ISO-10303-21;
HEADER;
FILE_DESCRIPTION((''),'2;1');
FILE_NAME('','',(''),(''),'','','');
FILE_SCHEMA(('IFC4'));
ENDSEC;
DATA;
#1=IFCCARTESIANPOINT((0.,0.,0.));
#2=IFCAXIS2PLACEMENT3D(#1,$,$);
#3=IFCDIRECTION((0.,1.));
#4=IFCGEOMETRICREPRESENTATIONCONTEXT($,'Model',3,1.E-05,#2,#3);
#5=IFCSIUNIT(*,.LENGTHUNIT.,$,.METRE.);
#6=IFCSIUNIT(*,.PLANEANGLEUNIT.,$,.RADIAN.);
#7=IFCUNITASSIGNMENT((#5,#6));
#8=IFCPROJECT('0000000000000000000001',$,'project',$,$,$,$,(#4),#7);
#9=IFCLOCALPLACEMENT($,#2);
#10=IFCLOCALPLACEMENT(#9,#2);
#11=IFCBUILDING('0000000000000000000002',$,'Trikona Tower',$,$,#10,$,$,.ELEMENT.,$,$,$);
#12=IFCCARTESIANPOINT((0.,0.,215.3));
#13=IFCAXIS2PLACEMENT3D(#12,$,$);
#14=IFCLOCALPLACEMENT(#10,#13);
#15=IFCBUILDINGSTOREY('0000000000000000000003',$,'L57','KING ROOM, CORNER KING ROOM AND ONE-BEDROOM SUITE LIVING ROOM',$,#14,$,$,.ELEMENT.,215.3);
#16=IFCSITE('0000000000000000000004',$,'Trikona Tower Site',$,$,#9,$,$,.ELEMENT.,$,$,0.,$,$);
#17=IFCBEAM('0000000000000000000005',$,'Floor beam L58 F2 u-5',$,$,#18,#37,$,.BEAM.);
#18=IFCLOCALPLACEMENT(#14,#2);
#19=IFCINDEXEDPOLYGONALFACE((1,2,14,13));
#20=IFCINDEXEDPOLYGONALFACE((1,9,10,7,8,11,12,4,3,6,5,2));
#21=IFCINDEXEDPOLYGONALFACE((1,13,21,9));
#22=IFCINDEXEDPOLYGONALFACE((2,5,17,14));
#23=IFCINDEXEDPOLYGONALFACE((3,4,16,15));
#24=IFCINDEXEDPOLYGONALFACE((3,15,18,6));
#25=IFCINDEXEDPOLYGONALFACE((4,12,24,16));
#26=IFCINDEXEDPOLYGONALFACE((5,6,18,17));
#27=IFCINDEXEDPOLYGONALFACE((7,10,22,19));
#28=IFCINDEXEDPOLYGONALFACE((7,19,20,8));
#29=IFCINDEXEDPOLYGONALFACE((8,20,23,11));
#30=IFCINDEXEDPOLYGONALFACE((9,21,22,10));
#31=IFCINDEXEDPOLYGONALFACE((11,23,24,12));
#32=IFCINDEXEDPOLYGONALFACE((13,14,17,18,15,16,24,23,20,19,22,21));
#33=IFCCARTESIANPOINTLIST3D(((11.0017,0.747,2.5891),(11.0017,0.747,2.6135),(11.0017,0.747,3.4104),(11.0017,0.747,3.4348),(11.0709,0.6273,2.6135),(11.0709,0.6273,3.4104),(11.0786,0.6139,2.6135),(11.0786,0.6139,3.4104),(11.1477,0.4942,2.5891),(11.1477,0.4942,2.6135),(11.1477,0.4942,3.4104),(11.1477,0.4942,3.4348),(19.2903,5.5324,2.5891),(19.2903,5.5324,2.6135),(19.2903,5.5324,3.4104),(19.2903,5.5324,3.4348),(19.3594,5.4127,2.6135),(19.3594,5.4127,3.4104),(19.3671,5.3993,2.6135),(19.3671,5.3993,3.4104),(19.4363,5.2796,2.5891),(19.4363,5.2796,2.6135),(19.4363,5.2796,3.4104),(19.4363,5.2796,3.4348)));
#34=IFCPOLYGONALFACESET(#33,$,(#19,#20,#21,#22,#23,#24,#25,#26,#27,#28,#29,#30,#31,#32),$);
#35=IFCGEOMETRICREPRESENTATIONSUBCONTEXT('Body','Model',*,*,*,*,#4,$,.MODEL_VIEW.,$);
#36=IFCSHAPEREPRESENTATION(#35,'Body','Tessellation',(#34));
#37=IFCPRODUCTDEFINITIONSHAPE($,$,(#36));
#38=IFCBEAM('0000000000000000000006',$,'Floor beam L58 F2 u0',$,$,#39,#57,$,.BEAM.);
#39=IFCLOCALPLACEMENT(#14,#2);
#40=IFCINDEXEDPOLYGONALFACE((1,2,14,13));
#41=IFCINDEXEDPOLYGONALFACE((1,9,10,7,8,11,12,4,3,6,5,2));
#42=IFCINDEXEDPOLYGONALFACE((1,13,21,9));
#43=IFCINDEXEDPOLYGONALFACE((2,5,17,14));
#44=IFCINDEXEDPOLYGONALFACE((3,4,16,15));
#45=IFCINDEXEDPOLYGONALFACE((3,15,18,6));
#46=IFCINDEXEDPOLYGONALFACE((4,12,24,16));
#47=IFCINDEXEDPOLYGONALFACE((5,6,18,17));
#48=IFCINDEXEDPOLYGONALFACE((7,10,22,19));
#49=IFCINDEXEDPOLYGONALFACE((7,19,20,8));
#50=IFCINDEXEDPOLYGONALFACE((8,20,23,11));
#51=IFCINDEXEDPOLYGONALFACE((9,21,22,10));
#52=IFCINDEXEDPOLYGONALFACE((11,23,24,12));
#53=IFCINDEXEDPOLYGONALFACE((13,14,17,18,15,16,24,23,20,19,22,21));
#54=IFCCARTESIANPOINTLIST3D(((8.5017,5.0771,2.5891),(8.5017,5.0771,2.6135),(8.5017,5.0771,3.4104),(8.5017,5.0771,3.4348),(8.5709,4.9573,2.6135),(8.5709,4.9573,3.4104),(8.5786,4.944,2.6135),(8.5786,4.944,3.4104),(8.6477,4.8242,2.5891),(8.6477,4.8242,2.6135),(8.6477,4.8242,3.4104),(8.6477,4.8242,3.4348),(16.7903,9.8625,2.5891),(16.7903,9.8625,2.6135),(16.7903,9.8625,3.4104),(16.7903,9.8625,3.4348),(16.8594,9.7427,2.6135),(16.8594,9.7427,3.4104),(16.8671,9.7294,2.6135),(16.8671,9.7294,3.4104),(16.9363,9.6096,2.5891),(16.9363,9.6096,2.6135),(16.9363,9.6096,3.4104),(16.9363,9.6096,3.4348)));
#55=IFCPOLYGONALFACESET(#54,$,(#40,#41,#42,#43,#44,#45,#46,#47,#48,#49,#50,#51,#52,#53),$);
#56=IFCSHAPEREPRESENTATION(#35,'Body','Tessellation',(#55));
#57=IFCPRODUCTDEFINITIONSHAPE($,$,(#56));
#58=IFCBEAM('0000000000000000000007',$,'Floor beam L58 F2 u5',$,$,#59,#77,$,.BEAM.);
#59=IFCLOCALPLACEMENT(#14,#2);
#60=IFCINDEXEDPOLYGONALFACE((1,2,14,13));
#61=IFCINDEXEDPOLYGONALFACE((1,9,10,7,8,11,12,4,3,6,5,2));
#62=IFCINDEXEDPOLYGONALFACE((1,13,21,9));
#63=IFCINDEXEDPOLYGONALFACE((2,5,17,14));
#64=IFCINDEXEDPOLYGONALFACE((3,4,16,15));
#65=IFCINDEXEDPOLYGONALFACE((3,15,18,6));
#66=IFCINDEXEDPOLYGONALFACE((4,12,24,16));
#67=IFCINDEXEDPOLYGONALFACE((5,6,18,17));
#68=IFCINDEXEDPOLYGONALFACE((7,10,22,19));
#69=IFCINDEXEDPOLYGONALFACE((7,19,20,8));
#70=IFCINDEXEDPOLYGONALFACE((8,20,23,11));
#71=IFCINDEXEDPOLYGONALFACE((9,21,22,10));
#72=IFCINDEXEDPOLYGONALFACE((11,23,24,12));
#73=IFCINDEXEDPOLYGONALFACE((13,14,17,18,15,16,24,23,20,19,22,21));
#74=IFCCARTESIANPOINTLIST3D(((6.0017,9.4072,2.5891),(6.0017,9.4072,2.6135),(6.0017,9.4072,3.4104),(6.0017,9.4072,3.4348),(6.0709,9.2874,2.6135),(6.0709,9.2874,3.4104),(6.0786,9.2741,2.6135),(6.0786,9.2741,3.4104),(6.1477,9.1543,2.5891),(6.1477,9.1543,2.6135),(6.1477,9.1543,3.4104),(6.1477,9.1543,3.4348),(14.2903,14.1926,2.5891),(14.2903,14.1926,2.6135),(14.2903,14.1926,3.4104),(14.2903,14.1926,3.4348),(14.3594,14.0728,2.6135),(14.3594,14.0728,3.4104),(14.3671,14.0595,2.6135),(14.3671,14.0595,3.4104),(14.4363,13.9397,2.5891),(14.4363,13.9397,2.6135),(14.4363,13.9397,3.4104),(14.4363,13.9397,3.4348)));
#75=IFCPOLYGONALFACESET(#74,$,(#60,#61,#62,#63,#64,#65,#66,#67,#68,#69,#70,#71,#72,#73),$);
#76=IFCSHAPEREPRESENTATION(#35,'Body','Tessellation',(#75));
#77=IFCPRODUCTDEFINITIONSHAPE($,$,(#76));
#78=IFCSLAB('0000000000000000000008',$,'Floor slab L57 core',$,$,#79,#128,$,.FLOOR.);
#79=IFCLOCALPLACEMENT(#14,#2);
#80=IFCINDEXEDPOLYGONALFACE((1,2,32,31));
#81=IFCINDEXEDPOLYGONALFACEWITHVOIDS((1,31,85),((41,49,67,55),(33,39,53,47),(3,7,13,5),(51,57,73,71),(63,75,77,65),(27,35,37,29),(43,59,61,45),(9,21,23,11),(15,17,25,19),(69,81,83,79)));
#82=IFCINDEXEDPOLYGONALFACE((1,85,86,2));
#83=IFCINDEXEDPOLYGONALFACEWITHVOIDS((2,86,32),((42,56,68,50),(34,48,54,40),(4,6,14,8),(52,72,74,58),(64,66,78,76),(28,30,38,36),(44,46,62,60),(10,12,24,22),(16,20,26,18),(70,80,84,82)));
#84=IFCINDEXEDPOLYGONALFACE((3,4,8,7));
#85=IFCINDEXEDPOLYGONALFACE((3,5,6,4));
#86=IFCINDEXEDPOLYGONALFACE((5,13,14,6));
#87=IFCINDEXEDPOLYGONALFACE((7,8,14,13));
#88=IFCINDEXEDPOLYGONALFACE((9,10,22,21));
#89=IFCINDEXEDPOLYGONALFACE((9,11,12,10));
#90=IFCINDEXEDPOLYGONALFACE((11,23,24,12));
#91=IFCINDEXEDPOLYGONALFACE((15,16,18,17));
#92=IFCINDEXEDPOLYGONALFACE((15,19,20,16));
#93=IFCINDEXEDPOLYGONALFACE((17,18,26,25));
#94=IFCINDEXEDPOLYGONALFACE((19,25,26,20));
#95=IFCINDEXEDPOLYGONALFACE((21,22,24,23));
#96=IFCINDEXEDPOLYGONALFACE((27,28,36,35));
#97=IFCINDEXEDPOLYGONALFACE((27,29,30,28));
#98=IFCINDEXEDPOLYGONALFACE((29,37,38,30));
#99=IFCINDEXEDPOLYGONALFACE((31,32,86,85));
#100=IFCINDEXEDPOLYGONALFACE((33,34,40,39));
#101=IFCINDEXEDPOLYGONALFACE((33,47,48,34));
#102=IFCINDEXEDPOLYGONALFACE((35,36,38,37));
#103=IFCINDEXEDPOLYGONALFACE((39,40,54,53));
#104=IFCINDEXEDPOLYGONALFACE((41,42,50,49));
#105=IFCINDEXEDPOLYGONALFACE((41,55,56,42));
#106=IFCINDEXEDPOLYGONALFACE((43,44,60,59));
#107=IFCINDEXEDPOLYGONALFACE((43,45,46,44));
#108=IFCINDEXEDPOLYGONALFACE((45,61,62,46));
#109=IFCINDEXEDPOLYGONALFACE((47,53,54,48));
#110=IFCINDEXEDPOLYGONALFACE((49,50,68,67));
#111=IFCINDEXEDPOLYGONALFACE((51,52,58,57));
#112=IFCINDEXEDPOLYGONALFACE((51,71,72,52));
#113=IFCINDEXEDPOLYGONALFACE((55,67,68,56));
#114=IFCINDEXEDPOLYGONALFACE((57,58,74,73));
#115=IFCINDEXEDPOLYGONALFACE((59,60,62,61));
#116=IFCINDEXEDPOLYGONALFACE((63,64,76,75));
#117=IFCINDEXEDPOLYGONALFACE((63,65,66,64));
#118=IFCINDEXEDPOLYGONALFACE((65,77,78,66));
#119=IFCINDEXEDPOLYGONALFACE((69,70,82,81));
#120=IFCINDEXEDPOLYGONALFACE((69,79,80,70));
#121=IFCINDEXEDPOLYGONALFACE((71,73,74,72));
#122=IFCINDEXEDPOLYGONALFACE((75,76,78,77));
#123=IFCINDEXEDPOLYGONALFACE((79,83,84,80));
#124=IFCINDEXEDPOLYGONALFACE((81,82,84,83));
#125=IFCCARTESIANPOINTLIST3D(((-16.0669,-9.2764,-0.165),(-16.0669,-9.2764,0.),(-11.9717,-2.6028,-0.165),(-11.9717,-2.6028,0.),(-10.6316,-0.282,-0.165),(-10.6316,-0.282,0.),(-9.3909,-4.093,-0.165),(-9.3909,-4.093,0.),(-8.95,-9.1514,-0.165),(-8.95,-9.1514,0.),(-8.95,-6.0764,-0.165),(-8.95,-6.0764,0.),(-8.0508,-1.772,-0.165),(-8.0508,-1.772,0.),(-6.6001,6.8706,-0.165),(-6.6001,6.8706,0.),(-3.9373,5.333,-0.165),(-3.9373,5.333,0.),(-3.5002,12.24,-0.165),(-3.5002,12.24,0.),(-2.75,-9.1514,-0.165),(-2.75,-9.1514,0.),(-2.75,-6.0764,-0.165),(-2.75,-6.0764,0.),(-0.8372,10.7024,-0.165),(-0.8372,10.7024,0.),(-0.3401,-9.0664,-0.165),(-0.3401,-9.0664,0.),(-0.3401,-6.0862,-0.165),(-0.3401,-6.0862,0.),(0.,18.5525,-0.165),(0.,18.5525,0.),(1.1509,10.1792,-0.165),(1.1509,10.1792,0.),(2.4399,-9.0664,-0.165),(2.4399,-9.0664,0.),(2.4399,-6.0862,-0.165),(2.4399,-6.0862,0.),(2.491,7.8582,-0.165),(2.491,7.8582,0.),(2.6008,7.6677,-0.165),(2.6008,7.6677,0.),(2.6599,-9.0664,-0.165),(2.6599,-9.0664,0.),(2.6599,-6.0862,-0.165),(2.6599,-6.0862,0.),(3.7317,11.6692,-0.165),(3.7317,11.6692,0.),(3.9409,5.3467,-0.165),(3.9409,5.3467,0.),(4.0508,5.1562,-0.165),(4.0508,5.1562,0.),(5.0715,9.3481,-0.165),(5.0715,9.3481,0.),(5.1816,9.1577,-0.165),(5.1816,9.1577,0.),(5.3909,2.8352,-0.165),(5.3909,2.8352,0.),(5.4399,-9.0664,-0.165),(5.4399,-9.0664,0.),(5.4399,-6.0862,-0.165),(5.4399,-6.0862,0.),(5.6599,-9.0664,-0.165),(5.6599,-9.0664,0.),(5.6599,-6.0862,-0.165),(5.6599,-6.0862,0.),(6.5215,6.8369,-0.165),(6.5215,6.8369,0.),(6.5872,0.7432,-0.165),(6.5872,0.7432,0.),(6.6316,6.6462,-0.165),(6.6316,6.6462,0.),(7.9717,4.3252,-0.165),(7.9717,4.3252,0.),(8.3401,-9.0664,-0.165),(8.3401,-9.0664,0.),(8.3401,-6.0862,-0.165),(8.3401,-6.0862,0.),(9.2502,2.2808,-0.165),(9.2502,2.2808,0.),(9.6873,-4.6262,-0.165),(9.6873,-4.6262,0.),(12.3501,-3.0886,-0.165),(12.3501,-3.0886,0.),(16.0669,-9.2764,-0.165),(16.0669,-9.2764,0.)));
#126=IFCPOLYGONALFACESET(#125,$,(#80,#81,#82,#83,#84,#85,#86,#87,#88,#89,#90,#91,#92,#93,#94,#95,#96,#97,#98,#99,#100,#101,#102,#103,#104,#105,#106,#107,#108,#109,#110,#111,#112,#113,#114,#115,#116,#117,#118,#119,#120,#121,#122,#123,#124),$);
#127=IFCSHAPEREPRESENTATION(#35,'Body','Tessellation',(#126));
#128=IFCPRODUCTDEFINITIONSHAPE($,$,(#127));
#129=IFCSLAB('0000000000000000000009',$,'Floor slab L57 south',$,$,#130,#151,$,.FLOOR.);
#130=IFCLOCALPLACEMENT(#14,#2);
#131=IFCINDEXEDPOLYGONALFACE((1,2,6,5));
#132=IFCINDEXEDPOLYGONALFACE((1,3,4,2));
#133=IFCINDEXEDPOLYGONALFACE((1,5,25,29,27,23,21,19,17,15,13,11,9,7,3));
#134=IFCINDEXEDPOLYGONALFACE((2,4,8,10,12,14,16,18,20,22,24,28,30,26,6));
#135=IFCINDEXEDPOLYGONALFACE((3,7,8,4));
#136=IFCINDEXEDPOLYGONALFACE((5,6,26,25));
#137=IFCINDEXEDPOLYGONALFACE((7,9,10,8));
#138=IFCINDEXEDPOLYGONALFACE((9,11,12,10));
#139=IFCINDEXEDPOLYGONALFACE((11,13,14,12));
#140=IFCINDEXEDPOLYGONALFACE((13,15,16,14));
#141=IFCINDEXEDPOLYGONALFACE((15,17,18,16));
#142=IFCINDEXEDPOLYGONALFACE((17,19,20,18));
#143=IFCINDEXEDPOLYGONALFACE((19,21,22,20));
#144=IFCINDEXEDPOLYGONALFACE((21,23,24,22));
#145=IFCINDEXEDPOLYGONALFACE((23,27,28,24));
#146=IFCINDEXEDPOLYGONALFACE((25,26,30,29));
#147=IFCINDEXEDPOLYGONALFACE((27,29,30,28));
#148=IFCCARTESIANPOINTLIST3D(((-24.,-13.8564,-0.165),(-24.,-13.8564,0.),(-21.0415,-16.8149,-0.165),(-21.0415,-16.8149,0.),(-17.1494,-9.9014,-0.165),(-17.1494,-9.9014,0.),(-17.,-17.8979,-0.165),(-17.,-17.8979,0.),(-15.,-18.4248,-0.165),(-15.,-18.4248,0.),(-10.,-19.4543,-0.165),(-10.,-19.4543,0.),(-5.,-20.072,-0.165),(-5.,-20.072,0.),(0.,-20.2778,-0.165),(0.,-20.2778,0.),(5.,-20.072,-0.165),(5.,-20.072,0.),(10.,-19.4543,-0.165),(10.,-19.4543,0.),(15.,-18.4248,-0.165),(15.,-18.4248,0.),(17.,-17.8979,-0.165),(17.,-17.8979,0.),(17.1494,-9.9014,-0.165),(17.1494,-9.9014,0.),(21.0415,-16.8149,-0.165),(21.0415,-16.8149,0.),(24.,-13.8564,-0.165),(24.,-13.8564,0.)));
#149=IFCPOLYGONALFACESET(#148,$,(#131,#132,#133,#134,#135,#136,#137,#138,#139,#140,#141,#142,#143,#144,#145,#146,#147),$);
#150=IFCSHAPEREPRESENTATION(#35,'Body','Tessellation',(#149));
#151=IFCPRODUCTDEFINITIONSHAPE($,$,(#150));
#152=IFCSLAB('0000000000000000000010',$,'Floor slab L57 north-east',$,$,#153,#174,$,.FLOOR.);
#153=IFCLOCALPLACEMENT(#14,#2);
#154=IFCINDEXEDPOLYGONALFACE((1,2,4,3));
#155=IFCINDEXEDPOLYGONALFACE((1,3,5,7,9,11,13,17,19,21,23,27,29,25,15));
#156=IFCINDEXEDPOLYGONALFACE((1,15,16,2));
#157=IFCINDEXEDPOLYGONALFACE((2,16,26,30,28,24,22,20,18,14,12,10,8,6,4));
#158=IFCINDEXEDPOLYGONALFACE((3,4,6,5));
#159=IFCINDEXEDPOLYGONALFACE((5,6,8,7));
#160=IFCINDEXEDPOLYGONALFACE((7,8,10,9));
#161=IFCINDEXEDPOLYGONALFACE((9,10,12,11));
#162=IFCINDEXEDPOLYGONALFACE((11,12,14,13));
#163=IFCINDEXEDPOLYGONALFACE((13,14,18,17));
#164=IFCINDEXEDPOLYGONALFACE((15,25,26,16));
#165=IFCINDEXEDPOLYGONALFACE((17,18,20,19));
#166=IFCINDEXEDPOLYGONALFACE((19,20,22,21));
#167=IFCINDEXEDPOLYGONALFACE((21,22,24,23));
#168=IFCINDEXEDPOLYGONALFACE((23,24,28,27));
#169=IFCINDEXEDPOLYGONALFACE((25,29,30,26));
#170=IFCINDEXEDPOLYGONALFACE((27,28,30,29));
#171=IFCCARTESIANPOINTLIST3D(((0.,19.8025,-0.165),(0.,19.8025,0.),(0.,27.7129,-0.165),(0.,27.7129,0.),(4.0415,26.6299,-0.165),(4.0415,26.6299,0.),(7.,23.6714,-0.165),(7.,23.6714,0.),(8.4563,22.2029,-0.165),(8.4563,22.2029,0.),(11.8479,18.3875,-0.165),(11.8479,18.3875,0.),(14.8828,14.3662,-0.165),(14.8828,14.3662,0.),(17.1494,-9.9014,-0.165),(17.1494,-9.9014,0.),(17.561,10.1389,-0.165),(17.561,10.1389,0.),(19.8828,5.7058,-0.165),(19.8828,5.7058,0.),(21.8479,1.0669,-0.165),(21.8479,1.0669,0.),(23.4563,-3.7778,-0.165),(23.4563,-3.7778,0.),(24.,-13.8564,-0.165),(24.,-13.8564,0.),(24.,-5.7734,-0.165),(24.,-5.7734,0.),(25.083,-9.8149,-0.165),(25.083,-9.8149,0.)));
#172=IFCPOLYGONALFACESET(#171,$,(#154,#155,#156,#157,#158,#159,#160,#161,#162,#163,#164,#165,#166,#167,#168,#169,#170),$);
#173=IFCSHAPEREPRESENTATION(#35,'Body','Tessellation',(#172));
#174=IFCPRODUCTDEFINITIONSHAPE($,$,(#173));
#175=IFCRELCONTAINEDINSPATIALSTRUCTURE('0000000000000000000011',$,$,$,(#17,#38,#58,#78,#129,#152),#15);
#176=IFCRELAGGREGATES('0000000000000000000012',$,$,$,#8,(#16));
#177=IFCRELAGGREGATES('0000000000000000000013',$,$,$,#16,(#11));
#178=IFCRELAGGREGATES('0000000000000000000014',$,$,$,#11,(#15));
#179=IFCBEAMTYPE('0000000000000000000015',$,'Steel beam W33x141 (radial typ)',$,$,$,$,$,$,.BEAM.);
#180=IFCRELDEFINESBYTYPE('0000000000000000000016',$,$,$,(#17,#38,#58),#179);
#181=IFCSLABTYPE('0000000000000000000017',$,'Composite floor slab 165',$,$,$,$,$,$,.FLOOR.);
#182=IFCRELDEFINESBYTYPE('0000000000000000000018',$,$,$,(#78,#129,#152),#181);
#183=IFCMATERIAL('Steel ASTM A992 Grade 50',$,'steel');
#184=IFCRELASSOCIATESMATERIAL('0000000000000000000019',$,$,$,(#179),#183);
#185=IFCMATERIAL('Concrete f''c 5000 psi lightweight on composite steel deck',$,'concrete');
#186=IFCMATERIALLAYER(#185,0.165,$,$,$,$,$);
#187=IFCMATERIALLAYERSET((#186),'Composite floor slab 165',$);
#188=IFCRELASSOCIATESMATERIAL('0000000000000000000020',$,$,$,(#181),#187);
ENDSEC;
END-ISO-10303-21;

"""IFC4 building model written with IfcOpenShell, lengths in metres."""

from ifc_helpers import new_model, si_unit, direction, frame, origin, origin_2d, place, context, subcontext, project, spatial, polyline, i_section, outline, extrude, material, layer, layer_set, material_profile, profile_set, type_object, element, save


model = new_model("IFC4")

# Units and contexts
model_context = context("Model", 3, precision=1e-05, world=origin(), true_north=direction((0.0, 1.0)))
body_context = subcontext(model_context, "Body", "Model", "MODEL_VIEW")
ifc_project = project(units=[si_unit("LENGTHUNIT", "METRE"), si_unit("PLANEANGLEUNIT", "RADIAN")], contexts=[model_context])

# Site, building, storey
site_placement = place(None, origin())
site = spatial("IfcSite", under=ifc_project, at=site_placement, Name="Trikona Tower Site", CompositionType="ELEMENT", RefElevation=0.0)
building_placement = place(site_placement, origin())
building = spatial("IfcBuilding", under=site, at=building_placement, Name="Trikona Tower", CompositionType="ELEMENT")
storey_placement = place(building_placement, frame((0.0, 0.0, 215.3)))
storey = spatial("IfcBuildingStorey", under=building, at=storey_placement, Name="L57", Description="KING ROOM, CORNER KING ROOM AND ONE-BEDROOM SUITE LIVING ROOM", CompositionType="ELEMENT", Elevation=215.3)

# Beams
ifc_material_1 = material(Name="Steel ASTM A992 Grade 50", Category="steel")
ifc_material_profile = material_profile(ifc_material_1, i_section(OverallWidth=0.292, OverallDepth=0.8457, WebThickness=0.0154, FlangeThickness=0.0244, at=origin_2d()), Name="W33X141")
ifc_profile_set = profile_set([ifc_material_profile], Name="Steel ASTM A992 Grade 50")
beam_type = type_object("IfcBeamType", Name="Steel beam W33x141 (radial typ)", PredefinedType="BEAM", material=ifc_profile_set)
for number, where, z_axis, x_axis, name in (
    (1, (11.0747, 0.6206, 3.012), (0.866026, 0.499999, 0.0), (-0.499999, 0.866026, 0.0), "Floor beam L58 F2 u-5"),
    (2, (8.5747, 4.9507, 3.012), (0.866026, 0.499999, 0.0), (-0.499999, 0.866026, 0.0), "Floor beam L58 F2 u0"),
    (3, (6.0747, 9.2808, 3.012), (0.866026, 0.499999, 0.0), (-0.499999, 0.866026, 0.0), "Floor beam L58 F2 u5"),
):
    element("IfcBeam", number, at=place(storey_placement, frame(where, z_axis=z_axis, x_axis=x_axis)), inside=storey, type_object=beam_type, Name=name, PredefinedType="BEAM", context=body_context, shape_type="SweptSolid", body=[
        extrude(i_section(OverallWidth=0.292, OverallDepth=0.8457, WebThickness=0.0154, FlangeThickness=0.0244, at=origin_2d()), origin(), (0.0, 0.0, 1.0), 9.5708),
    ])

# Slabs
ifc_material_2 = material(Name="Concrete f'c 5000 psi lightweight on composite steel deck", Category="concrete")
ifc_layer_1 = layer(ifc_material_2, 0.165)
ifc_layer_set_1 = layer_set([ifc_layer_1], Name="Composite floor slab 165")
slab_type_1 = type_object("IfcSlabType", Name="Composite floor slab 165", PredefinedType="FLOOR", material=ifc_layer_set_1)
slab_1_placement = place(storey_placement, frame((0.0, 0.0, -0.165)))
element("IfcSlab", 4, at=slab_1_placement, inside=storey, type_object=slab_type_1, Name="Floor slab L57 core", PredefinedType="FLOOR", context=body_context, shape_type="SweptSolid", body=[
    extrude(outline(polyline([(-16.0669, -9.2764), (16.0669, -9.2764), (0.0, 18.5525), (-16.0669, -9.2764)]), holes=[polyline([(6.5872, 0.7432), (9.6873, -4.6262), (12.3501, -3.0886), (9.2502, 2.2808), (6.5872, 0.7432)]), polyline([(5.6599, -6.0862), (5.6599, -9.0664), (8.3401, -9.0664), (8.3401, -6.0862), (5.6599, -6.0862)]), polyline([(6.6316, 6.6462), (4.0508, 5.1562), (5.3909, 2.8352), (7.9717, 4.3252), (6.6316, 6.6462)]), polyline([(6.5215, 6.8369), (5.1816, 9.1577), (2.6008, 7.6677), (3.9409, 5.3467), (6.5215, 6.8369)]), polyline([(2.6599, -9.0664), (5.4399, -9.0664), (5.4399, -6.0862), (2.6599, -6.0862), (2.6599, -9.0664)]), polyline([(2.491, 7.8582), (5.0715, 9.3481), (3.7317, 11.6692), (1.1509, 10.1792), (2.491, 7.8582)]), polyline([(2.4399, -9.0664), (2.4399, -6.0862), (-0.3401, -6.0862), (-0.3401, -9.0664), (2.4399, -9.0664)]), polyline([(-3.9373, 5.333), (-0.8372, 10.7024), (-3.5002, 12.24), (-6.6001, 6.8706), (-3.9373, 5.333)]), polyline([(-2.75, -6.0764), (-8.95, -6.0764), (-8.95, -9.1514), (-2.75, -9.1514), (-2.75, -6.0764)]), polyline([(-11.9717, -2.6028), (-9.3909, -4.093), (-8.0508, -1.772), (-10.6316, -0.282), (-11.9717, -2.6028)])]), origin(), (0.0, 0.0, 1.0), 0.165),
])
slab_2_placement = place(storey_placement, frame((0.0, 0.0, -0.165)))
element("IfcSlab", 5, at=slab_2_placement, inside=storey, type_object=slab_type_1, Name="Floor slab L57 south", PredefinedType="FLOOR", context=body_context, shape_type="SweptSolid", body=[
    extrude(outline(polyline([(21.0415, -16.8149), (24.0, -13.8564), (17.1494, -9.9014), (-17.1494, -9.9014), (-24.0, -13.8564), (-21.0415, -16.8149), (-17.0, -17.8979), (-15.0, -18.4248), (-10.0, -19.4543), (-5.0, -20.072), (0.0, -20.2778), (5.0, -20.072), (10.0, -19.4543), (15.0, -18.4248), (17.0, -17.8979), (21.0415, -16.8149)])), origin(), (0.0, 0.0, 1.0), 0.165),
])
slab_3_placement = place(storey_placement, frame((0.0, 0.0, -0.165)))
element("IfcSlab", 6, at=slab_3_placement, inside=storey, type_object=slab_type_1, Name="Floor slab L57 north-east", PredefinedType="FLOOR", context=body_context, shape_type="SweptSolid", body=[
    extrude(outline(polyline([(4.0415, 26.6299), (0.0, 27.7129), (0.0, 19.8025), (17.1494, -9.9014), (24.0, -13.8564), (25.083, -9.8149), (24.0, -5.7734), (23.4563, -3.7778), (21.8479, 1.0669), (19.8828, 5.7058), (17.561, 10.1389), (14.8828, 14.3662), (11.8479, 18.3875), (8.4563, 22.2029), (7.0, 23.6714), (4.0415, 26.6299)])), origin(), (0.0, 0.0, 1.0), 0.165),
])

save(model, "model.ifc")
